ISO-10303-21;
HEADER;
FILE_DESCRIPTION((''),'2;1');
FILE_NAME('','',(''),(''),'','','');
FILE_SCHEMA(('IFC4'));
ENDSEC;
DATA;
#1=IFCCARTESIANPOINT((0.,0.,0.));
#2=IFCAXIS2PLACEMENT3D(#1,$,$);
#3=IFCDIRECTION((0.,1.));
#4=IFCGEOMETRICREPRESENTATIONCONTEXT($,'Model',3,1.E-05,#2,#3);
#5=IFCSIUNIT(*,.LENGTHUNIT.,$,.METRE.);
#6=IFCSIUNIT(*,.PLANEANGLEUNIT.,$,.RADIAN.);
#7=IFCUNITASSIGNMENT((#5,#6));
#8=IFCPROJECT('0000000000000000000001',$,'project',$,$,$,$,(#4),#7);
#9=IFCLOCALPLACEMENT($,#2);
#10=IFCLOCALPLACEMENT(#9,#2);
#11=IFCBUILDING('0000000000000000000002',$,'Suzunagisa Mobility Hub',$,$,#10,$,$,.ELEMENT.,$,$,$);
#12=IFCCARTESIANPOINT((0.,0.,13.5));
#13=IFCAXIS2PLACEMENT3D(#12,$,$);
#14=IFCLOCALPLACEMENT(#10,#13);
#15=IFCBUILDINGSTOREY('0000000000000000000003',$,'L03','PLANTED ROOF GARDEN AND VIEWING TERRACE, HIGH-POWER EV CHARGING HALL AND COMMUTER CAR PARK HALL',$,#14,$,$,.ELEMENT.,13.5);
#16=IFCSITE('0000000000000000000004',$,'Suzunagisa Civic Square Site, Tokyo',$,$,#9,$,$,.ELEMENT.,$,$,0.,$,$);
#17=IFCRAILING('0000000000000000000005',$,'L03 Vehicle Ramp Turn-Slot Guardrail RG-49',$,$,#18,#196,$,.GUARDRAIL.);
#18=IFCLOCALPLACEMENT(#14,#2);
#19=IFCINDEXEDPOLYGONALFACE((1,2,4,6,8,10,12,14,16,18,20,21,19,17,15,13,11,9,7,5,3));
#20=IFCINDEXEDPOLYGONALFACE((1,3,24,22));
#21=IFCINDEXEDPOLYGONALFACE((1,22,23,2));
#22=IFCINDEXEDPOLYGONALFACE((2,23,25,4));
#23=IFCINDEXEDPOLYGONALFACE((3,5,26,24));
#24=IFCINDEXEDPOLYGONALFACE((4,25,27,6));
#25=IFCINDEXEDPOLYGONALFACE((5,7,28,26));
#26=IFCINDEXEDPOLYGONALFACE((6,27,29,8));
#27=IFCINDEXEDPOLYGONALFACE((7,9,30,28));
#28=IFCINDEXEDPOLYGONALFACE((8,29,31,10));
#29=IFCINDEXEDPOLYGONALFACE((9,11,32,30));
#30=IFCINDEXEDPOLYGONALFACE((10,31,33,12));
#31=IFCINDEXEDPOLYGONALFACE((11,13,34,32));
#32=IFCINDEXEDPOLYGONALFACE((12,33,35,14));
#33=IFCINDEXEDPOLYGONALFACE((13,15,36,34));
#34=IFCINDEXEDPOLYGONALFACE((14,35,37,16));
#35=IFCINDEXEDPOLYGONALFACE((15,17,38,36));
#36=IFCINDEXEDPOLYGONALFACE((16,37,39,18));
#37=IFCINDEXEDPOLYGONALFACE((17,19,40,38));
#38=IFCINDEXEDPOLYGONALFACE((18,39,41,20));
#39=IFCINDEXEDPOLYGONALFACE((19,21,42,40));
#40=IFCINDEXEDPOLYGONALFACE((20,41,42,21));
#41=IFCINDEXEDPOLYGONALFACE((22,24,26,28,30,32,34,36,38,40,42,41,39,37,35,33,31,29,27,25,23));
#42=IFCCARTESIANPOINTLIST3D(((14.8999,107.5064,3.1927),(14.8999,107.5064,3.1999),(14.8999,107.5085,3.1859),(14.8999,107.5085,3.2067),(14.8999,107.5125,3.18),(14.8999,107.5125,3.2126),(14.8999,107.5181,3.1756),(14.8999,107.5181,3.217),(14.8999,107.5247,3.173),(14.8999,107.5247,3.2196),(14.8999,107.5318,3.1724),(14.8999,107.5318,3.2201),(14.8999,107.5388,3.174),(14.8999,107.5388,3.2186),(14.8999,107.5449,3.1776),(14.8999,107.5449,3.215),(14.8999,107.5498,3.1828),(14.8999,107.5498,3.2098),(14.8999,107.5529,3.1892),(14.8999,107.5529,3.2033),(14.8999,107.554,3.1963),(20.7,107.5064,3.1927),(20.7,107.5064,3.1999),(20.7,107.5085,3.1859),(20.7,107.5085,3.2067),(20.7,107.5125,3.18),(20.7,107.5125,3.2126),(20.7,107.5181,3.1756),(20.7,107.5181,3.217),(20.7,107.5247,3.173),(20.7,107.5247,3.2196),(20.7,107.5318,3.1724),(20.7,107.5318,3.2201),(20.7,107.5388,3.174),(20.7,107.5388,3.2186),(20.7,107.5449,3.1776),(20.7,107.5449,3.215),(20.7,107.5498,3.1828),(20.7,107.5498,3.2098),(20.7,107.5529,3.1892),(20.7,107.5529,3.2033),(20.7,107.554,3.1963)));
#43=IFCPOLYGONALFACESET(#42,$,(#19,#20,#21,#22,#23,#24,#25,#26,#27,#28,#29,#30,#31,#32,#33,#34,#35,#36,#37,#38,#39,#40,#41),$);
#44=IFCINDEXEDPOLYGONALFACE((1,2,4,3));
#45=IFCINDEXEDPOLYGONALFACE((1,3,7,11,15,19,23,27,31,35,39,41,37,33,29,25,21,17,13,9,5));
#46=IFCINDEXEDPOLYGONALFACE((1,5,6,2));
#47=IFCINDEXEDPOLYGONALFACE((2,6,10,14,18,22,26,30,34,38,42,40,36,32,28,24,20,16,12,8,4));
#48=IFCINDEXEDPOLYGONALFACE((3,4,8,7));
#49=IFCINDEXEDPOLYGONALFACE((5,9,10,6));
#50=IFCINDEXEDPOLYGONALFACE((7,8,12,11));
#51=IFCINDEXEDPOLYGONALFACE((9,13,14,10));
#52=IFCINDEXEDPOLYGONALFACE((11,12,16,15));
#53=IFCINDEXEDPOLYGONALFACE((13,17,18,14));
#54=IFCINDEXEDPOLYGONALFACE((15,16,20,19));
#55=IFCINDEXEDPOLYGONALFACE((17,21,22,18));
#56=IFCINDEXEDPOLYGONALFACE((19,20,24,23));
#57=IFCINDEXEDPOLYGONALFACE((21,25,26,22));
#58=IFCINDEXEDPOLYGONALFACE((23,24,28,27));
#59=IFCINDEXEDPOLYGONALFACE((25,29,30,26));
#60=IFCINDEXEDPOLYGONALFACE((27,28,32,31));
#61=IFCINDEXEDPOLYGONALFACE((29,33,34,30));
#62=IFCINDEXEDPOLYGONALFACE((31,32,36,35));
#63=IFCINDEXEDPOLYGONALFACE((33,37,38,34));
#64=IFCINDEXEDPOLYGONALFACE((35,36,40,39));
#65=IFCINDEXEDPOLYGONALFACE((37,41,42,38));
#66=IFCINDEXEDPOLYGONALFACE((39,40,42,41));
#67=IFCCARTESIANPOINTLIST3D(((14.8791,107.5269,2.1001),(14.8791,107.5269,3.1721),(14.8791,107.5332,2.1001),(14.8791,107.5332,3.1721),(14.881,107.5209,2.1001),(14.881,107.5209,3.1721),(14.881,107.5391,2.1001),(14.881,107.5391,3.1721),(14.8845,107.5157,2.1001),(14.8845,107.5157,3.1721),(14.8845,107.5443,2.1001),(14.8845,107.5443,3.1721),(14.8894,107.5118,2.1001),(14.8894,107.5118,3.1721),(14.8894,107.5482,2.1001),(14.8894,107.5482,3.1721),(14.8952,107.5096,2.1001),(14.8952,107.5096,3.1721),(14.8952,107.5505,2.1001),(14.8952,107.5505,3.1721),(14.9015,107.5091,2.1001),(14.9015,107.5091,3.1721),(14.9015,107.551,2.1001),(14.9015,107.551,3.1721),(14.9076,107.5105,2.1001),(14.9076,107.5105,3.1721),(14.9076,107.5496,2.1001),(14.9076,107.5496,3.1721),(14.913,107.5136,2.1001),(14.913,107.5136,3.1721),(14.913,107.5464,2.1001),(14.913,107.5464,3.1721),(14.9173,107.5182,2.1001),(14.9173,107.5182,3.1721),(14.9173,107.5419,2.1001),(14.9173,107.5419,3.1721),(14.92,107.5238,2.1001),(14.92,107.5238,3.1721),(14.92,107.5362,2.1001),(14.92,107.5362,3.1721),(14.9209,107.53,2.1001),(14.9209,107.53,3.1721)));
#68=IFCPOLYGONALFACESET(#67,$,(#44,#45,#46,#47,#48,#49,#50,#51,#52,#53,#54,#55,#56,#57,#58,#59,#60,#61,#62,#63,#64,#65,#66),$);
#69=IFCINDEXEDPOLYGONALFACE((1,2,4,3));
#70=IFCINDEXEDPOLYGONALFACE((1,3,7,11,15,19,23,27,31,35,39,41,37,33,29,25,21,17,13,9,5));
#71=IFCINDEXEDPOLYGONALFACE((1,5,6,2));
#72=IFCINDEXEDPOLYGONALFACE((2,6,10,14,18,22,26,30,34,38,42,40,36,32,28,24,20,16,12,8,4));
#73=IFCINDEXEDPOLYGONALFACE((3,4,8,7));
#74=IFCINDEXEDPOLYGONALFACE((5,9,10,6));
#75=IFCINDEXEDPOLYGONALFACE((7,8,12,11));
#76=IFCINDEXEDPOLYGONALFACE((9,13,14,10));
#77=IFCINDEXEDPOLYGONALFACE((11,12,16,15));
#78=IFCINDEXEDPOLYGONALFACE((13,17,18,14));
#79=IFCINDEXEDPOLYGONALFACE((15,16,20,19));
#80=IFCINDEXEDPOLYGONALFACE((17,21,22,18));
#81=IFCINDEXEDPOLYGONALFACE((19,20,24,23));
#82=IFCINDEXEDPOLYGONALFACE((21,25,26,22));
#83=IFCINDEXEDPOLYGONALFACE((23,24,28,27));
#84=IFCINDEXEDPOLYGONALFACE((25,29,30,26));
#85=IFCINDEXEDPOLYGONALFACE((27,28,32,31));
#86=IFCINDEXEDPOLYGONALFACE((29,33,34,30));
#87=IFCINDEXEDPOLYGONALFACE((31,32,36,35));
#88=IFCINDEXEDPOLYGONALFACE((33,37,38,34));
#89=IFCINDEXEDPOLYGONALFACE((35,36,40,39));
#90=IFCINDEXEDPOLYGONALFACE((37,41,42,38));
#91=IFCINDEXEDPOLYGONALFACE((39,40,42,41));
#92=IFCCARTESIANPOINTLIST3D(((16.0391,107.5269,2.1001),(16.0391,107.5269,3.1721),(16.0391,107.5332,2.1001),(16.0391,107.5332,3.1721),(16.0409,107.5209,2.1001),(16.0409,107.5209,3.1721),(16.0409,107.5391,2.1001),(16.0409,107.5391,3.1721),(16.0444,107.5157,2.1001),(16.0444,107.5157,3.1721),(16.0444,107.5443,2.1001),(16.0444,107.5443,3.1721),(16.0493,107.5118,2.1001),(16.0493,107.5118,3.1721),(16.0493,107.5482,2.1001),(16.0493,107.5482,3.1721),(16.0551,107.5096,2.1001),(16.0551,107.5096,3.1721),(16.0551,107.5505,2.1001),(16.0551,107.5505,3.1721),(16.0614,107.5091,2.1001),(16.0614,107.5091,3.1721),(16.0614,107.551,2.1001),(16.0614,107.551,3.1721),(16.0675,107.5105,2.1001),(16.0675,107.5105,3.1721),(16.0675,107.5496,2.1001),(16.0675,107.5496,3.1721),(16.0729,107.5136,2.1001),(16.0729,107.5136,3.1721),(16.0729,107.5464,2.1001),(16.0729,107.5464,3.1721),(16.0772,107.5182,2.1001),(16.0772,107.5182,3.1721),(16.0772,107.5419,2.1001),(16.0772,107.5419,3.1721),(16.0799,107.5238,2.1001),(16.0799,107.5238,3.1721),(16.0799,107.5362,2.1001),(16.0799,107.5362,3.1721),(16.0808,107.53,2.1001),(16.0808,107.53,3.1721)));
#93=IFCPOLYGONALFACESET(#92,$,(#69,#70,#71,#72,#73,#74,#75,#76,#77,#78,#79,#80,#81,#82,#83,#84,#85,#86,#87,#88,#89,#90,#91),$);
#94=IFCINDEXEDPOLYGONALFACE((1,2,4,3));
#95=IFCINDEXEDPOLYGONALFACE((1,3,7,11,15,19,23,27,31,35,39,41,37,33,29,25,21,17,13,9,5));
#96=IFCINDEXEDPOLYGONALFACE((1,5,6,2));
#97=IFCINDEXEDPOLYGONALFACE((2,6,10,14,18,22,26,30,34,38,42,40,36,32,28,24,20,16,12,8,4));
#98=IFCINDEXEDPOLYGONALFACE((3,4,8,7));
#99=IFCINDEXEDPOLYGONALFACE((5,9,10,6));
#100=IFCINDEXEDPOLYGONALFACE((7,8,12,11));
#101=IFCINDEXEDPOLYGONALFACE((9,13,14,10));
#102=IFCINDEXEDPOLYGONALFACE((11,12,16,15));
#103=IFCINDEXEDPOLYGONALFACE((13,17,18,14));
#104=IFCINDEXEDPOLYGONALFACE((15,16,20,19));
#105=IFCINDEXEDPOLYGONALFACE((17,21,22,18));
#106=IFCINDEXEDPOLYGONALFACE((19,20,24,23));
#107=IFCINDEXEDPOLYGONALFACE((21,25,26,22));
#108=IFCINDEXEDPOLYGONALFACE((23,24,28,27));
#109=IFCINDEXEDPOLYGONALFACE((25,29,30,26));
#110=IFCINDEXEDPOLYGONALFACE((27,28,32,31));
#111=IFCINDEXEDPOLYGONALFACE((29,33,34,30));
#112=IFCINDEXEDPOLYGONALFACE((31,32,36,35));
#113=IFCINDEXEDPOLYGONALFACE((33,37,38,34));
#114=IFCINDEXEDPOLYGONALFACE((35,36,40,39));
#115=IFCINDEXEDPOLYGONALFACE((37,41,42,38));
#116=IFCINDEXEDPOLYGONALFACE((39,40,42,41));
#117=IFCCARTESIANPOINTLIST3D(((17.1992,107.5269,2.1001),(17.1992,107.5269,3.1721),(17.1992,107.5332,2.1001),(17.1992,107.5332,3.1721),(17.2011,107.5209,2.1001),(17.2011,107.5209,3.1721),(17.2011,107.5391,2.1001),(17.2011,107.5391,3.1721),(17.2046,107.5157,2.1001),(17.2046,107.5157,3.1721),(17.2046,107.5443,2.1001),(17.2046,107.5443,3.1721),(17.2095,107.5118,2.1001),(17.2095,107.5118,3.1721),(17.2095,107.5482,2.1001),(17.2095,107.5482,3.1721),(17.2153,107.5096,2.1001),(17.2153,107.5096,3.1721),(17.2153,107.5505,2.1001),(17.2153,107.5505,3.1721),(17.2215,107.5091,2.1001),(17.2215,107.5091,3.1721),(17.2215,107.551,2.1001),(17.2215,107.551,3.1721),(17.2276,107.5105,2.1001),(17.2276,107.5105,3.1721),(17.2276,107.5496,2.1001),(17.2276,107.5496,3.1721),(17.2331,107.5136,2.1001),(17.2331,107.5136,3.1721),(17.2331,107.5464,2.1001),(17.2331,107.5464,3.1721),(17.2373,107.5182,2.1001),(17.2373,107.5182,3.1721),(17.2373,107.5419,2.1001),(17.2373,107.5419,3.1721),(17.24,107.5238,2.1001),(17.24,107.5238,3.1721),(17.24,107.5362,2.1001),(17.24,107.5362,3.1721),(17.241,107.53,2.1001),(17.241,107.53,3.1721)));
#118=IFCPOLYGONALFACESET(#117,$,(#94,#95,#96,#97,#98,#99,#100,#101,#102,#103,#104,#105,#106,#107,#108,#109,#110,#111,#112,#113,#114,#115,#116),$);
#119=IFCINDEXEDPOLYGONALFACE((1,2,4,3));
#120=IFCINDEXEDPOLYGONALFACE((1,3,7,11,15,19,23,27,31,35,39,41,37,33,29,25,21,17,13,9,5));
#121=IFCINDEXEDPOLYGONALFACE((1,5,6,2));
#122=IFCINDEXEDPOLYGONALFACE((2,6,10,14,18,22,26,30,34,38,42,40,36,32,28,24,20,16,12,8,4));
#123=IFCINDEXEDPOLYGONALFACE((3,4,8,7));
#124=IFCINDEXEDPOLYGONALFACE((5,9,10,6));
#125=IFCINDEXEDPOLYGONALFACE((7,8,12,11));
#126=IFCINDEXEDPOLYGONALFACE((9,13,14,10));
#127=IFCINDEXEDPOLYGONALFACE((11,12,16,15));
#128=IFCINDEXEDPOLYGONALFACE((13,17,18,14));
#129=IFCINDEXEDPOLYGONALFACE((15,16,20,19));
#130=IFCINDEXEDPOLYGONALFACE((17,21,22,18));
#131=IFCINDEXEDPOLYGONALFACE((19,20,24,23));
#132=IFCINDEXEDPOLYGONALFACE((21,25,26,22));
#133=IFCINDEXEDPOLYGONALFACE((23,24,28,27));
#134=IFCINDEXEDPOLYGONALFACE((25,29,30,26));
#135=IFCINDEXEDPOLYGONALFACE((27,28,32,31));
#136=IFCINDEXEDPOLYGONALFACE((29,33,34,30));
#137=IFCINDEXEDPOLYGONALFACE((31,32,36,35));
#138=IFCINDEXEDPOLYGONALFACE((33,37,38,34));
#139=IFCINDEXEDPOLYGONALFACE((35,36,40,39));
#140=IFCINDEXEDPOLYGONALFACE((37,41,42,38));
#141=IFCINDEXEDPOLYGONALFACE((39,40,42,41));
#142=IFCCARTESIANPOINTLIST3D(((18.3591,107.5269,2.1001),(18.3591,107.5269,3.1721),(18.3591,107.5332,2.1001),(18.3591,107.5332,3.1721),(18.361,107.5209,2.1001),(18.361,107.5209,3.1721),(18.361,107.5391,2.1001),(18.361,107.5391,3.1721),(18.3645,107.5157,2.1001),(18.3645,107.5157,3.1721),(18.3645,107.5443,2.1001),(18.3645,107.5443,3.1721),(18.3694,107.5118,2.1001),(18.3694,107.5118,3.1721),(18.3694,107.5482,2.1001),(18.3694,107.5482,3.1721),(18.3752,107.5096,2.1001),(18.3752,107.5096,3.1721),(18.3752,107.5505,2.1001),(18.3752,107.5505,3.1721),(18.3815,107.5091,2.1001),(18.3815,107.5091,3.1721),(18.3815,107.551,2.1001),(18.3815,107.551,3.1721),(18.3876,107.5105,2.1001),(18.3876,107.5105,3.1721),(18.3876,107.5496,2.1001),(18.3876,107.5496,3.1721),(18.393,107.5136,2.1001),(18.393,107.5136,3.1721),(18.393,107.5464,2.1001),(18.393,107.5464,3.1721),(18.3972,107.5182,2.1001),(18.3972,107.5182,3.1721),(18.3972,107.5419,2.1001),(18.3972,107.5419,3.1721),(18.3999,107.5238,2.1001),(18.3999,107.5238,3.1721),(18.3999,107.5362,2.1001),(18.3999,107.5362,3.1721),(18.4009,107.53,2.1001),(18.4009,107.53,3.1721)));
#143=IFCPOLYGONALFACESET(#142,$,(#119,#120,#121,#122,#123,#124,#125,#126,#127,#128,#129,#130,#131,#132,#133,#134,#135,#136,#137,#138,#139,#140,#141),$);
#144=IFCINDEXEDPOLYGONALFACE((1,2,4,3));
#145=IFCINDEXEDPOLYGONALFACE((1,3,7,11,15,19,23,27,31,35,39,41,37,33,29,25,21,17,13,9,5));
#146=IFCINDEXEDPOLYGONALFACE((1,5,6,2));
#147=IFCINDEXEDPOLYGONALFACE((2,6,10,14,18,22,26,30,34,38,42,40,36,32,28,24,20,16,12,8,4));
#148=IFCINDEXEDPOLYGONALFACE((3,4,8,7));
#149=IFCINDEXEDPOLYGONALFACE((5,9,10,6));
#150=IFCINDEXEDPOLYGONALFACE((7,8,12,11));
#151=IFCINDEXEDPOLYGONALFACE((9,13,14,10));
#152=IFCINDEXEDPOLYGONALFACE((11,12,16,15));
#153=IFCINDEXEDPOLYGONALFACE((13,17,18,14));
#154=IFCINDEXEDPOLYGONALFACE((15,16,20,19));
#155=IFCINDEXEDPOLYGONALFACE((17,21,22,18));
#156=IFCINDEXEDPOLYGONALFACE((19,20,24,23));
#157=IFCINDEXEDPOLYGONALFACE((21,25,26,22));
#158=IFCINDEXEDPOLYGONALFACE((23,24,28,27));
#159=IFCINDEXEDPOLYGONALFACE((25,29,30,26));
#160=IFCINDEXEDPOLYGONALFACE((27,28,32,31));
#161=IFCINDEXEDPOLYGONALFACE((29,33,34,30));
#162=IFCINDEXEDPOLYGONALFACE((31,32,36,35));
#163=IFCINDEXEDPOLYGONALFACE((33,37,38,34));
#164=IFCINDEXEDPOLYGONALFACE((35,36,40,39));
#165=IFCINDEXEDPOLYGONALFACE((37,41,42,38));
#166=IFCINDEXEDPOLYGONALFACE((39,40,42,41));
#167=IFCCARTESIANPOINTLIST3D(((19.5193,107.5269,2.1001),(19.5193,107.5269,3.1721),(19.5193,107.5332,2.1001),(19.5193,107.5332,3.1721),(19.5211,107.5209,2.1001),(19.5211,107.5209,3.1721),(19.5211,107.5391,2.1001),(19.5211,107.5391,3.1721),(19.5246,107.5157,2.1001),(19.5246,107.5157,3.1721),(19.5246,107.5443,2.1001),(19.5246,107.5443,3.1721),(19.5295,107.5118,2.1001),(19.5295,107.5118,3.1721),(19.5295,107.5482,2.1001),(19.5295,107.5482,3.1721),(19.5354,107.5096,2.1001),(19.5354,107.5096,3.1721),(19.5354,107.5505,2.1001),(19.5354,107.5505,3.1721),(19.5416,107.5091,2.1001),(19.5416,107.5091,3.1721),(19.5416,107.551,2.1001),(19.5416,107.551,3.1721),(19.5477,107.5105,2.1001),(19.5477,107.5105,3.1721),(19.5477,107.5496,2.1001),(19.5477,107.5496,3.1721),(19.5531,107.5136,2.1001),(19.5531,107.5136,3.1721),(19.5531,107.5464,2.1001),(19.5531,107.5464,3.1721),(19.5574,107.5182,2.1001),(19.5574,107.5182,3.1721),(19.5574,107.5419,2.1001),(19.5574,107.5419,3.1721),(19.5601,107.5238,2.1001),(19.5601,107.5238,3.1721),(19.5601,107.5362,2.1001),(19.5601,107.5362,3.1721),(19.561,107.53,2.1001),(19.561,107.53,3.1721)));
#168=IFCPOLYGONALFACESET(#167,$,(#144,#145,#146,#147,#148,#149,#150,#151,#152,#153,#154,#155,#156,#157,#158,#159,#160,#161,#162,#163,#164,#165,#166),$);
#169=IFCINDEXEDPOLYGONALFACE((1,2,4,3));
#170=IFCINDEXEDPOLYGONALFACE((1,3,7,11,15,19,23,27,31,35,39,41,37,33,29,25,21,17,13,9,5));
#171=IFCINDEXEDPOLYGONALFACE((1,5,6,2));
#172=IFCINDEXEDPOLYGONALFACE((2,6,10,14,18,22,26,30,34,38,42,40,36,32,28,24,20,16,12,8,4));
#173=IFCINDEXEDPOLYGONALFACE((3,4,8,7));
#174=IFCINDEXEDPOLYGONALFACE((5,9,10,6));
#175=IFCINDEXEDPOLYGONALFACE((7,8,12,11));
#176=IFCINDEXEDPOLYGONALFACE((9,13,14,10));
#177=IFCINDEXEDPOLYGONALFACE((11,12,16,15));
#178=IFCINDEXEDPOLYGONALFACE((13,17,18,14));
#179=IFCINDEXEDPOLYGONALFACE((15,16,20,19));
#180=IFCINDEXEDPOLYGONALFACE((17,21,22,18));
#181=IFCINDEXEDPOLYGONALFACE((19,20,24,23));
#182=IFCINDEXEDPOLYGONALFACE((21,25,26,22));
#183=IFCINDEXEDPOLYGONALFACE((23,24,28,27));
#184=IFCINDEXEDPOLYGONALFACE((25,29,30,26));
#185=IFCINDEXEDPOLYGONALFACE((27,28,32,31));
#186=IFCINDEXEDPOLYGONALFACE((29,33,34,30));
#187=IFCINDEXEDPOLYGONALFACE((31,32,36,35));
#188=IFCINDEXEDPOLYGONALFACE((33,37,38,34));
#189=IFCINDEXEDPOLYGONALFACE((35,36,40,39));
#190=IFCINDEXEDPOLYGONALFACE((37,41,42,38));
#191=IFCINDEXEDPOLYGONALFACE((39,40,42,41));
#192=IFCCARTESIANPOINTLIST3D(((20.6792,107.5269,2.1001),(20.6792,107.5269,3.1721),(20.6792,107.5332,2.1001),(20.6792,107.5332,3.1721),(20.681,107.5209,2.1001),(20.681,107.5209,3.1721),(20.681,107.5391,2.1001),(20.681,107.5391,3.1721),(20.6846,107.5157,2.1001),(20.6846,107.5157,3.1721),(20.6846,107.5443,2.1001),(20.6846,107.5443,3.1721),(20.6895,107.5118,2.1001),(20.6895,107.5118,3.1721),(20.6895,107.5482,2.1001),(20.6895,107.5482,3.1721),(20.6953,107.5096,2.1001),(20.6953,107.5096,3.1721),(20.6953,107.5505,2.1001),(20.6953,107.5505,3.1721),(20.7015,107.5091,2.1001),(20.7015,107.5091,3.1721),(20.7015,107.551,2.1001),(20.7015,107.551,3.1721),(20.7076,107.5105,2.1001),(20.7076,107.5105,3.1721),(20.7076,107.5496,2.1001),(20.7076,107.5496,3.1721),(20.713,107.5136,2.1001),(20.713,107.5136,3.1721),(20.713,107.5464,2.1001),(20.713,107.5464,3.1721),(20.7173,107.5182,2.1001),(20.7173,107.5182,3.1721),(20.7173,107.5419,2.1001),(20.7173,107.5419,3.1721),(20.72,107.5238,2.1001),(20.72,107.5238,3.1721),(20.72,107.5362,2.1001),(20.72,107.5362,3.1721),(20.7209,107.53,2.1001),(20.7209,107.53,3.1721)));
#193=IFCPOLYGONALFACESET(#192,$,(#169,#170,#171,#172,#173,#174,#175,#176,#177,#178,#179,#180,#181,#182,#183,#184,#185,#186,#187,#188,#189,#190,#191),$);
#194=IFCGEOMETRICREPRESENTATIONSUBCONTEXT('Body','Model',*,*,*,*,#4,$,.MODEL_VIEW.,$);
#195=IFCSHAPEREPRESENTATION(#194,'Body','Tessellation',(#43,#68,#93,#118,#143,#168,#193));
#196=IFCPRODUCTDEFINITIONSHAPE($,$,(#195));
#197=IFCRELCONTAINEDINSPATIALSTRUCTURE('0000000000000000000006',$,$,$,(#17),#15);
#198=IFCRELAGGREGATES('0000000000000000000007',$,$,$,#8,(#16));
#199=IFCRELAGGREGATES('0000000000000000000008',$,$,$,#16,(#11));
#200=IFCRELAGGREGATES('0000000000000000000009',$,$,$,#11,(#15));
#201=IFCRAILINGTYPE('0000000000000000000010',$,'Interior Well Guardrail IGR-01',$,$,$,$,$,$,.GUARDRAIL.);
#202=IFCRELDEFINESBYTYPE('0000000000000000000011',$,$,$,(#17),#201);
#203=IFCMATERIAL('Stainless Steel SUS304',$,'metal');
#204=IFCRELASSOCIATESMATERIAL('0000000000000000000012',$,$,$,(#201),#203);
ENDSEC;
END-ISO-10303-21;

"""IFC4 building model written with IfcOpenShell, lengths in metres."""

from ifc_helpers import new_model, si_unit, direction, frame, origin, origin_2d, place, context, subcontext, project, spatial, circle, extrude, material, type_object, element, save


model = new_model("IFC4")

# Units and contexts
model_context = context("Model", 3, precision=1e-05, world=origin(), true_north=direction((0.0, 1.0)))
body_context = subcontext(model_context, "Body", "Model", "MODEL_VIEW")
ifc_project = project(units=[si_unit("LENGTHUNIT", "METRE"), si_unit("PLANEANGLEUNIT", "RADIAN")], contexts=[model_context])

# Site, building, storey
site_placement = place(None, origin())
site = spatial("IfcSite", under=ifc_project, at=site_placement, Name="Suzunagisa Civic Square Site, Tokyo", CompositionType="ELEMENT", RefElevation=0.0)
building_placement = place(site_placement, origin())
building = spatial("IfcBuilding", under=site, at=building_placement, Name="Suzunagisa Mobility Hub", CompositionType="ELEMENT")
storey_placement = place(building_placement, frame((0.0, 0.0, 13.5)))
storey = spatial("IfcBuildingStorey", under=building, at=storey_placement, Name="L03", Description="PLANTED ROOF GARDEN AND VIEWING TERRACE, HIGH-POWER EV CHARGING HALL AND COMMUTER CAR PARK HALL", CompositionType="ELEMENT", Elevation=13.5)

# Railing
ifc_material_1 = material(Name="Stainless Steel SUS304", Category="metal")
railing_type = type_object("IfcRailingType", Name="Interior Well Guardrail IGR-01", PredefinedType="GUARDRAIL", material=ifc_material_1)
railing_1_placement = place(storey_placement, frame((14.8999, 107.53, 2.1001)))
element("IfcRailing", 1, at=railing_1_placement, inside=storey, type_object=railing_type, Name="L03 Vehicle Ramp Turn-Slot Guardrail RG-49", PredefinedType="GUARDRAIL", context=body_context, shape_type="SweptSolid", body=[
    extrude(circle(Radius=0.0239, at=origin_2d()), frame((0.0, 0.0, 1.0962), z_axis=(1.0, 0.0, 0.0), x_axis=(0.0, 1.0, 0.0)), (0.0, 0.0, 1.0), 5.8),
    extrude(circle(Radius=0.021, at=origin_2d()), origin(), (0.0, 0.0, 1.0), 1.072),
    extrude(circle(Radius=0.021, at=origin_2d()), frame((1.1599, 0.0, 0.0)), (0.0, 0.0, 1.0), 1.072),
    extrude(circle(Radius=0.021, at=origin_2d()), frame((2.3201, 0.0, 0.0)), (0.0, 0.0, 1.0), 1.072),
    extrude(circle(Radius=0.021, at=origin_2d()), frame((3.48, 0.0, 0.0)), (0.0, 0.0, 1.0), 1.072),
    extrude(circle(Radius=0.021, at=origin_2d()), frame((4.6401, 0.0, 0.0)), (0.0, 0.0, 1.0), 1.072),
    extrude(circle(Radius=0.021, at=origin_2d()), frame((5.8, 0.0, 0.0)), (0.0, 0.0, 1.0), 1.072),
])

save(model, "model.ifc")
